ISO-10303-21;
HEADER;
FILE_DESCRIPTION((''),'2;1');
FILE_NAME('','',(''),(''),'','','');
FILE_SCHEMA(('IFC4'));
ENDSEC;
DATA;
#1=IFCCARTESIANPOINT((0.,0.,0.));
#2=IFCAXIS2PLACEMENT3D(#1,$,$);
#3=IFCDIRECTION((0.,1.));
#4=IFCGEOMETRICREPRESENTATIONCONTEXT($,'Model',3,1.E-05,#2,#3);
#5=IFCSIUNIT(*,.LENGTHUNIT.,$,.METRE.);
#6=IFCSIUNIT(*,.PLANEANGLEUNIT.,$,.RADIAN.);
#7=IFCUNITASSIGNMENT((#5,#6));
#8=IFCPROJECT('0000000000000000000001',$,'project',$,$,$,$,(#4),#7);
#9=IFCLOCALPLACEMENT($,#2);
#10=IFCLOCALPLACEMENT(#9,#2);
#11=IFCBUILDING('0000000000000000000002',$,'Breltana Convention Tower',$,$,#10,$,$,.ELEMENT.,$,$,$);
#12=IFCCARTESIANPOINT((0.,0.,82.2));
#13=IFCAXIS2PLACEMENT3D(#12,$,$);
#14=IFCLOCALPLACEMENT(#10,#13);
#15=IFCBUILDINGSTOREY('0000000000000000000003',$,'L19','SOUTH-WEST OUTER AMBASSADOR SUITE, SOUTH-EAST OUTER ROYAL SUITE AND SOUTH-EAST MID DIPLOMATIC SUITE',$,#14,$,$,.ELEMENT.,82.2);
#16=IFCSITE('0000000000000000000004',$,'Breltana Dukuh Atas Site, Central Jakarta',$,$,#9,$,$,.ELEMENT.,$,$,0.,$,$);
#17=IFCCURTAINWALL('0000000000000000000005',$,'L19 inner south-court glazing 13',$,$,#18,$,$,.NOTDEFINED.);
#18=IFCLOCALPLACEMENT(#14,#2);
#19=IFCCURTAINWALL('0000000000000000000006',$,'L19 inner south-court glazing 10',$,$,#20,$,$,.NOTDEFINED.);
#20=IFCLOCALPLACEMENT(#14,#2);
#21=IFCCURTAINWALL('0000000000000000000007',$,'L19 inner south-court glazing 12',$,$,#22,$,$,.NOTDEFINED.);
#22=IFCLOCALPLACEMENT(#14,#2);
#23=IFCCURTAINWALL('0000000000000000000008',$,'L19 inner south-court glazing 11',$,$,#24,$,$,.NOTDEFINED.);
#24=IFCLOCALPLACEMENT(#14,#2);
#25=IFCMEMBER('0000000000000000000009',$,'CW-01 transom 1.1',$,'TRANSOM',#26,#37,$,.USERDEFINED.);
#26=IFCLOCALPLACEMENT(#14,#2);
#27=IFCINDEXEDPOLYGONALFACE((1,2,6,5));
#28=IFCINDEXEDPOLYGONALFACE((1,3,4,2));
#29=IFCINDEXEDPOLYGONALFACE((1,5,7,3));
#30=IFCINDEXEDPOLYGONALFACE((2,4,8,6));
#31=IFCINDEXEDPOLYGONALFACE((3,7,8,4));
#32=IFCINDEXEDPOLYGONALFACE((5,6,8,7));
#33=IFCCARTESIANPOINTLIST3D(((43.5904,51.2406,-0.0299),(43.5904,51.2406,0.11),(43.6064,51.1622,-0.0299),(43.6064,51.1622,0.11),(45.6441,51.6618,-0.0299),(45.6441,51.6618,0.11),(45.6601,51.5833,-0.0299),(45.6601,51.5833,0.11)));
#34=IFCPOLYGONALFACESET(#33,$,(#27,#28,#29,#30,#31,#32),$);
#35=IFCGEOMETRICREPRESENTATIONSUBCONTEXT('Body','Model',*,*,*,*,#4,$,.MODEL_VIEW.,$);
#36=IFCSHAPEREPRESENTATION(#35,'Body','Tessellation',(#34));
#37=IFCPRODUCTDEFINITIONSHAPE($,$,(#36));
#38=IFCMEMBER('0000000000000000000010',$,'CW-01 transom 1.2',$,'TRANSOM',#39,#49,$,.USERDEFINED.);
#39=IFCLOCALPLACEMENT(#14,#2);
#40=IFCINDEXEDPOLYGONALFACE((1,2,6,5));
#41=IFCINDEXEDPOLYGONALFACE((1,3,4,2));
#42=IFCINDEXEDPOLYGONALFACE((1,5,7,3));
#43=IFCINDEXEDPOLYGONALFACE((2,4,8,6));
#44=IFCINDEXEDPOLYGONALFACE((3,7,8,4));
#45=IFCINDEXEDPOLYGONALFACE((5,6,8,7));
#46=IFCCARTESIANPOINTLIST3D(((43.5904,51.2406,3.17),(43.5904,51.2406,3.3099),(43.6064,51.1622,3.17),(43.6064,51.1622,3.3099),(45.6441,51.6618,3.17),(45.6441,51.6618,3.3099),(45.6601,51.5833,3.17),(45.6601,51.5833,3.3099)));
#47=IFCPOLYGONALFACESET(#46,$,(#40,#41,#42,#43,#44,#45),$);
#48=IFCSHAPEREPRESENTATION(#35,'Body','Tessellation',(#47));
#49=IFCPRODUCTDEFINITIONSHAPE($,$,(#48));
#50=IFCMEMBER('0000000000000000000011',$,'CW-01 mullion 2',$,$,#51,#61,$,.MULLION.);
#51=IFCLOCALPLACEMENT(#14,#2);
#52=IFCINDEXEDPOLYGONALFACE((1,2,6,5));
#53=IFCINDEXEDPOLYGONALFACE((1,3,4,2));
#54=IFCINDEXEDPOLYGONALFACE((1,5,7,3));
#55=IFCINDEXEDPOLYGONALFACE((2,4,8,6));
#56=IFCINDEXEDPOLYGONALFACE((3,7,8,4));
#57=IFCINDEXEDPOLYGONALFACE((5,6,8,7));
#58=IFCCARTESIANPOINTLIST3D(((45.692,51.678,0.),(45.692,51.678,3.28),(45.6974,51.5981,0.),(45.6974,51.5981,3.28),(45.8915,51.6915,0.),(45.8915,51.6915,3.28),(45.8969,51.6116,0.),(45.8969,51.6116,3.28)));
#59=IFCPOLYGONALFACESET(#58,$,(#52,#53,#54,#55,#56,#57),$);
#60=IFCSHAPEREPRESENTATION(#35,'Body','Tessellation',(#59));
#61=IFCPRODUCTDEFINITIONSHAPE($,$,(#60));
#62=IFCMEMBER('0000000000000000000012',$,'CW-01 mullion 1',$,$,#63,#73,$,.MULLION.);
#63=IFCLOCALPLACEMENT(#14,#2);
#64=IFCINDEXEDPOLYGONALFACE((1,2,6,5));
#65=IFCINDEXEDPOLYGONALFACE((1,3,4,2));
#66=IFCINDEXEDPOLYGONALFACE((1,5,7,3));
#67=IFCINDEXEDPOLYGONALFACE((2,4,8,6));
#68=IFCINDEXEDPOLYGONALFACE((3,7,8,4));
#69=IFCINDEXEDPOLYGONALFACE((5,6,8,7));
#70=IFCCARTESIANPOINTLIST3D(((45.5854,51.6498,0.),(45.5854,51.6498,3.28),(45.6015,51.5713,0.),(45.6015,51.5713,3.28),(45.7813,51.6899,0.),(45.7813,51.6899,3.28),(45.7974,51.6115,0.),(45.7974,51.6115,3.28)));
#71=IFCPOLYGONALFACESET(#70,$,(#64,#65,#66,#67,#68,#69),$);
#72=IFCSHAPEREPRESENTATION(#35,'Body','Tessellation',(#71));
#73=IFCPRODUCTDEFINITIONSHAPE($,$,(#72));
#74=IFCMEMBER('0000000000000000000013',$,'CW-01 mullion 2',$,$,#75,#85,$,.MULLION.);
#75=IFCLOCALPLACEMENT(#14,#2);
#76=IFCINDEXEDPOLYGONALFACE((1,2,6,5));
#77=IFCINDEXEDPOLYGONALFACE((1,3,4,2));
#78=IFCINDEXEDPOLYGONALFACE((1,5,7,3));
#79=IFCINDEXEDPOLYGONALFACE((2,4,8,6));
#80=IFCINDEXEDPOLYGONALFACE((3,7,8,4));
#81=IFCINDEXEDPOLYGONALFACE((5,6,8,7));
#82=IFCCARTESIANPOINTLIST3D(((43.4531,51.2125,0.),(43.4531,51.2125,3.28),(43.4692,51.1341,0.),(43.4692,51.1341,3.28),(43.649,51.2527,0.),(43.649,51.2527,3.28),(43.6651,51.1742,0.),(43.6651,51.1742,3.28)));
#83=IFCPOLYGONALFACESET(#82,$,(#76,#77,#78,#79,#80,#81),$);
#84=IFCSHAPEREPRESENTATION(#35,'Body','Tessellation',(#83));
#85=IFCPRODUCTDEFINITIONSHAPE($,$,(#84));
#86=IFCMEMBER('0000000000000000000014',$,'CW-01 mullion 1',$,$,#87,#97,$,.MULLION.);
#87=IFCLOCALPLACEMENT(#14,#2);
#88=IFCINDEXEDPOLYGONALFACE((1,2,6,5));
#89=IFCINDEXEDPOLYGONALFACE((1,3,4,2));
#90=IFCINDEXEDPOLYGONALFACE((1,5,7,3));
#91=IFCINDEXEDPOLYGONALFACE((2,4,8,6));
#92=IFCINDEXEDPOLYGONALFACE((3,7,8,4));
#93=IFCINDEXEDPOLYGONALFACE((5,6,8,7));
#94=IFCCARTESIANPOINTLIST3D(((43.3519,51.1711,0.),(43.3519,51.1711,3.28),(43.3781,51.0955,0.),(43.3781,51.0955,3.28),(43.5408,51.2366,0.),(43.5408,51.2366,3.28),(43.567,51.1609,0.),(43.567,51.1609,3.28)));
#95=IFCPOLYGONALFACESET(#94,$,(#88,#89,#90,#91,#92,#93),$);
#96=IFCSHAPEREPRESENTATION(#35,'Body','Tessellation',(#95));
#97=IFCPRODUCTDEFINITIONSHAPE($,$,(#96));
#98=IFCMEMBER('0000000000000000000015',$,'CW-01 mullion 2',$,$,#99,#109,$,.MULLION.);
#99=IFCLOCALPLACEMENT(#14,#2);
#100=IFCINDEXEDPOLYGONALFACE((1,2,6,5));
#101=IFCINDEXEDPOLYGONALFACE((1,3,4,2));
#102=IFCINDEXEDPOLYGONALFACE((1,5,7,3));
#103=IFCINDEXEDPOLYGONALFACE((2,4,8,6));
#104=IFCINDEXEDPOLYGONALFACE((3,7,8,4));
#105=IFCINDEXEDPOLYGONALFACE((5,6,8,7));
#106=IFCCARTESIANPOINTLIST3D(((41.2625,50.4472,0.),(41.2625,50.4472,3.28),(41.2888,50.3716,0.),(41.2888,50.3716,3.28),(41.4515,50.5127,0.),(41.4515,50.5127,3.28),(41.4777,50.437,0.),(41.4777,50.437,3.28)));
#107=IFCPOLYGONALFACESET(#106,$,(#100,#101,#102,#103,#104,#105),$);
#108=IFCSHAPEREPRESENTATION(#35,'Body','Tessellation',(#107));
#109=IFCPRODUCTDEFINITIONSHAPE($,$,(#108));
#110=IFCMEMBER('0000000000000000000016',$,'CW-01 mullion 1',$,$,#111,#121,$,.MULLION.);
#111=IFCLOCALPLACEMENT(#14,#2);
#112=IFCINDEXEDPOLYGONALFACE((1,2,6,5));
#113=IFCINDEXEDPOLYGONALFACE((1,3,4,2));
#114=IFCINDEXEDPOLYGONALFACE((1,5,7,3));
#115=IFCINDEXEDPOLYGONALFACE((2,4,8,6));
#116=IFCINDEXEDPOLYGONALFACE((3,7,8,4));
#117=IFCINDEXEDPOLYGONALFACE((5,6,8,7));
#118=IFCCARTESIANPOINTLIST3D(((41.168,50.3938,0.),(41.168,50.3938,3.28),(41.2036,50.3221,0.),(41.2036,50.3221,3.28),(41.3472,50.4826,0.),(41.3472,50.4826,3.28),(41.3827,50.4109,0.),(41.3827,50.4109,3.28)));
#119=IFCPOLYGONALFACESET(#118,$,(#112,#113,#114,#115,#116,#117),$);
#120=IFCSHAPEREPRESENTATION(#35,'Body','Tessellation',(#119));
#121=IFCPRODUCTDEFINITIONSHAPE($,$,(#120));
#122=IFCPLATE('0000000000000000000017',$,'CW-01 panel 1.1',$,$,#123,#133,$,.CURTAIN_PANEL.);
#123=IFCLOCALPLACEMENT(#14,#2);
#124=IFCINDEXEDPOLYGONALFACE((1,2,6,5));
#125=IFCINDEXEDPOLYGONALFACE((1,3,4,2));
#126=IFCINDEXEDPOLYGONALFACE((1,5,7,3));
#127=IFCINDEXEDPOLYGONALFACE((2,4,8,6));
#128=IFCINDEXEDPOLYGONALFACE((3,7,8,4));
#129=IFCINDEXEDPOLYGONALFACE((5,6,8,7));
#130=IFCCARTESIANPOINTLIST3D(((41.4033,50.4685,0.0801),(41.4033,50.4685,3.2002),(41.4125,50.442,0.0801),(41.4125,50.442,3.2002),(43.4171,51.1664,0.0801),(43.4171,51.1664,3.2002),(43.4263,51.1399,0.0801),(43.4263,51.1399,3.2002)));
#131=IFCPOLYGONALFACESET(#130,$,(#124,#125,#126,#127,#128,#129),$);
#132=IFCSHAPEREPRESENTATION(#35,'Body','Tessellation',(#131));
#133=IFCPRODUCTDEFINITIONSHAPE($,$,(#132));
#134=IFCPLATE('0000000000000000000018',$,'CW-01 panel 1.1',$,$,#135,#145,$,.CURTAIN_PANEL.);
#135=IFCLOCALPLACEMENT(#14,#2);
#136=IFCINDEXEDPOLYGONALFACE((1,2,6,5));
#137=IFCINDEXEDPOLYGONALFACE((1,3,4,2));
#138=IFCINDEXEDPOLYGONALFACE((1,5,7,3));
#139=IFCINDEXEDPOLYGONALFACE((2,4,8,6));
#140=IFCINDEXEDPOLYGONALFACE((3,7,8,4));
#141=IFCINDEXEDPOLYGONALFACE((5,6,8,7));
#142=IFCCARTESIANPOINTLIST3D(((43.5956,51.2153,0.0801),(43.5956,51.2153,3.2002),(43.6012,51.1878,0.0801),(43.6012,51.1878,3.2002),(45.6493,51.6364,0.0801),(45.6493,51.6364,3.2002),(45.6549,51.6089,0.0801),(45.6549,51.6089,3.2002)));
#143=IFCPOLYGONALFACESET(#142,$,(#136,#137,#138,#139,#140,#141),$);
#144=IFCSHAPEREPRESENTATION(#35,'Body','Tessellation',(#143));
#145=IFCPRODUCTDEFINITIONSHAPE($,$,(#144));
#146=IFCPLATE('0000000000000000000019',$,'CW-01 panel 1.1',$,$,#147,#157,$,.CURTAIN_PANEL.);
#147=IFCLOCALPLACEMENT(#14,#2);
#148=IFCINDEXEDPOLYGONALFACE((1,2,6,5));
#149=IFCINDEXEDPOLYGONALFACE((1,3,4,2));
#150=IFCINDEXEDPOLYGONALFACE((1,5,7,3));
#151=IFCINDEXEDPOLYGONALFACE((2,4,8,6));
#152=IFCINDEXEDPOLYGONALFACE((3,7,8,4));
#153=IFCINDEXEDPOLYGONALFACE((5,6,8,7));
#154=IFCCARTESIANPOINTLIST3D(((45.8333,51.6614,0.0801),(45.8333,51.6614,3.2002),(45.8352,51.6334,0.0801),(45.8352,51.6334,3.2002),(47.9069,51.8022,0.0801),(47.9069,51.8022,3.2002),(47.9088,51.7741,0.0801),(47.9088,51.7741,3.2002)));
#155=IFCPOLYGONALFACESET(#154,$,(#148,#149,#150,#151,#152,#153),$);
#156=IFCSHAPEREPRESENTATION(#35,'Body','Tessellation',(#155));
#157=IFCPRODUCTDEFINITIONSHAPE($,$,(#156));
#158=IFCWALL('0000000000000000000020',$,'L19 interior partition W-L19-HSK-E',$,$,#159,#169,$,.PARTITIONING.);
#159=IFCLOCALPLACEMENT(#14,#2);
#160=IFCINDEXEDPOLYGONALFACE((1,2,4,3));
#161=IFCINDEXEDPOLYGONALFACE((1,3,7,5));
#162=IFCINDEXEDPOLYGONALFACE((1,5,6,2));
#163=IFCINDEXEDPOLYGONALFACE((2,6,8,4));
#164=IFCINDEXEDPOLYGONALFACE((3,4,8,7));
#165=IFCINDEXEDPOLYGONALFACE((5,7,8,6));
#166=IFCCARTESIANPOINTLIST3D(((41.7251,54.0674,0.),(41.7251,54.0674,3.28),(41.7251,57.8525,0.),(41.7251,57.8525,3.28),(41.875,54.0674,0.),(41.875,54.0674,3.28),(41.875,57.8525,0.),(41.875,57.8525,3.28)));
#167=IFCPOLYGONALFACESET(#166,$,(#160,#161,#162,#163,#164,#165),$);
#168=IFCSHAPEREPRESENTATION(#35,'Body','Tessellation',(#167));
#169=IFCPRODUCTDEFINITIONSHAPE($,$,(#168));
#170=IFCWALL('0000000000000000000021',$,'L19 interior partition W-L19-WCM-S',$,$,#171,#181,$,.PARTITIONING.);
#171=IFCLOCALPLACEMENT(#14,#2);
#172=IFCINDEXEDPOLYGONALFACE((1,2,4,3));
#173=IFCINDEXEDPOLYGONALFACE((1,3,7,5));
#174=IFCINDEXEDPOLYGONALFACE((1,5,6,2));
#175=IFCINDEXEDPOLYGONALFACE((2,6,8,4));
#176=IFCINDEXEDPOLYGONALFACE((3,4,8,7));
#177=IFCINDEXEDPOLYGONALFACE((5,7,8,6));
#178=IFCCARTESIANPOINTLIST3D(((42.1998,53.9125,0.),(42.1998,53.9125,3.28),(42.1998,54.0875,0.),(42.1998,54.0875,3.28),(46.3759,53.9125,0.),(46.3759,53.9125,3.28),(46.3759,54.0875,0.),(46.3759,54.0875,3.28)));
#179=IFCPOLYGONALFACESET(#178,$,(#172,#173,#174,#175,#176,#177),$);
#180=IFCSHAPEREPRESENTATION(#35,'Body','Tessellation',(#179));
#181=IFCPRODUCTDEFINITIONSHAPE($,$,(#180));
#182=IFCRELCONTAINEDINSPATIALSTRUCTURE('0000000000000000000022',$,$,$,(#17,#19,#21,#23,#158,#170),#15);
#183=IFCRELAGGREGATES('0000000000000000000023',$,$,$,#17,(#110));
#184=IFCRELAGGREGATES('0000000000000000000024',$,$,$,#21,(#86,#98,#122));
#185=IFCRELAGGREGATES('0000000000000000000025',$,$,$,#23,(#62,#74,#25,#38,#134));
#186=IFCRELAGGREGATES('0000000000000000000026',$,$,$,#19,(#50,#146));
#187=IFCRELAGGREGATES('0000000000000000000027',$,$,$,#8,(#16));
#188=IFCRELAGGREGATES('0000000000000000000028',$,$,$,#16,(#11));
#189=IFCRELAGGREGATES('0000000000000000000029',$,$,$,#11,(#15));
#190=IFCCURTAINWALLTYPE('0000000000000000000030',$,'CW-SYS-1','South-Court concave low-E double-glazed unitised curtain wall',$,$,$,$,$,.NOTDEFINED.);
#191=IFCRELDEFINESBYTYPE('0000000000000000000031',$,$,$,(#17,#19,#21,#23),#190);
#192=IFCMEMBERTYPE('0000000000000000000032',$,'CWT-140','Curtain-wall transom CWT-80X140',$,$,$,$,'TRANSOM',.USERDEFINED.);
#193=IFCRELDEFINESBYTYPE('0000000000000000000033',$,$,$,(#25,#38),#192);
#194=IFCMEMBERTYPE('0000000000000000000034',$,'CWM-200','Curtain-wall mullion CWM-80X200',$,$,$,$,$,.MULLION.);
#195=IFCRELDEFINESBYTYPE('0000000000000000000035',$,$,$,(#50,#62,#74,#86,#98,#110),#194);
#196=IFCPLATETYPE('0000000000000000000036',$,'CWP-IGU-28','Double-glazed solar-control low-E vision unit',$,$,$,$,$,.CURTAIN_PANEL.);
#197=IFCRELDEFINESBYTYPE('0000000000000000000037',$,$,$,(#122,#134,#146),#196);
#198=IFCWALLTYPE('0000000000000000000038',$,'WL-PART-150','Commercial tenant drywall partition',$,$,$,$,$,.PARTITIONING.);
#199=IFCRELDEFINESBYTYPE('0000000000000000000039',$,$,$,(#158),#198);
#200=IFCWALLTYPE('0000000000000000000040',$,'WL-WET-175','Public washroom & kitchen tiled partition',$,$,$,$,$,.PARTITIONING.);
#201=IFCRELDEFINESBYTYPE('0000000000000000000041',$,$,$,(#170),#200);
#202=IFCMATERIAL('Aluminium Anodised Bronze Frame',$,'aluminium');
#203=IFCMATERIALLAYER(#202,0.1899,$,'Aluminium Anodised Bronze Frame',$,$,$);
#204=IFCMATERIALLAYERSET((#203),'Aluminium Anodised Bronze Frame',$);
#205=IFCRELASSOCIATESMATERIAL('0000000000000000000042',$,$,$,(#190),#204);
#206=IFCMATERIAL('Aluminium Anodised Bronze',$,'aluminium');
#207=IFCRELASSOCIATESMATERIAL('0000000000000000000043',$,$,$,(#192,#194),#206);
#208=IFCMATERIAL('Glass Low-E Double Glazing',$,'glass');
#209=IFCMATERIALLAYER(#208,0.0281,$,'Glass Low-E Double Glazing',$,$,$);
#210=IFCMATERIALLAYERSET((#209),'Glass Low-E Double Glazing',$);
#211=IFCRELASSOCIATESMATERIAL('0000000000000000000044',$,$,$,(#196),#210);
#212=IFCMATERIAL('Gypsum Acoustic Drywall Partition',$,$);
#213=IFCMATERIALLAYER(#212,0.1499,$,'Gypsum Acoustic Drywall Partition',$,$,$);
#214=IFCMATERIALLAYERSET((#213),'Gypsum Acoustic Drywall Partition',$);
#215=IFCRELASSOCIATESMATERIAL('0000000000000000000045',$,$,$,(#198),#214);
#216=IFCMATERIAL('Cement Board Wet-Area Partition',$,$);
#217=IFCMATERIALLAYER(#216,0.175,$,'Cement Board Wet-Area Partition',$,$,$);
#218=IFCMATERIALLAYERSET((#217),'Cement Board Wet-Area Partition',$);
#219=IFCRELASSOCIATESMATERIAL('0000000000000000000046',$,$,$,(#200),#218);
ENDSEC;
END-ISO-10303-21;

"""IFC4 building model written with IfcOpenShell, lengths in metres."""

from ifc_helpers import new_model, si_unit, direction, frame, frame_2d, origin, origin_2d, place, context, subcontext, project, spatial, rectangle, extrude, source, transform, mapped, material, layer, layer_set, material_profile, profile_set, type_object, element, aggregate, save


model = new_model("IFC4")

# Units and contexts
model_context = context("Model", 3, precision=1e-05, world=origin(), true_north=direction((0.0, 1.0)))
body_context = subcontext(model_context, "Body", "Model", "MODEL_VIEW")
ifc_project = project(units=[si_unit("LENGTHUNIT", "METRE"), si_unit("PLANEANGLEUNIT", "RADIAN")], contexts=[model_context])

# Site, building, storey
site_placement = place(None, origin())
site = spatial("IfcSite", under=ifc_project, at=site_placement, Name="Breltana Dukuh Atas Site, Central Jakarta", CompositionType="ELEMENT", RefElevation=0.0)
building_placement = place(site_placement, origin())
building = spatial("IfcBuilding", under=site, at=building_placement, Name="Breltana Convention Tower", CompositionType="ELEMENT")
storey_placement = place(building_placement, frame((0.0, 0.0, 82.2)))
storey = spatial("IfcBuildingStorey", under=building, at=storey_placement, Name="L19", Description="SOUTH-WEST OUTER AMBASSADOR SUITE, SOUTH-EAST OUTER ROYAL SUITE AND SOUTH-EAST MID DIPLOMATIC SUITE", CompositionType="ELEMENT", Elevation=82.2)

# Curtain walls, members
ifc_material_1 = material(Name="Aluminium Anodised Bronze Frame", Category="aluminium")
ifc_layer_1 = layer(ifc_material_1, 0.1899, Name="Aluminium Anodised Bronze Frame")
ifc_layer_set_1 = layer_set([ifc_layer_1], Name="Aluminium Anodised Bronze Frame")
curtain_wall_type = type_object("IfcCurtainWallType", Name="CW-SYS-1", Description="South-Court concave low-E double-glazed unitised curtain wall", PredefinedType="NOTDEFINED", material=ifc_layer_set_1)
curtain_wall_1_placement = place(storey_placement, origin())
curtain_wall_1 = element("IfcCurtainWall", 1, at=curtain_wall_1_placement, inside=storey, type_object=curtain_wall_type, Name="L19 inner south-court glazing 13", PredefinedType="NOTDEFINED")
ifc_material_2 = material(Name="Aluminium Anodised Bronze", Category="aluminium")
ifc_material_profile_1 = material_profile(ifc_material_2, rectangle(XDim=0.0801, YDim=0.1399, at=origin_2d()), Name="CWT-80X140")
ifc_profile_set_1 = profile_set([ifc_material_profile_1], Name="Aluminium Anodised Bronze")
member_type_1 = type_object("IfcMemberType", Name="CWT-140", Description="Curtain-wall transom CWT-80X140", ElementType="TRANSOM", PredefinedType="USERDEFINED", material=ifc_profile_set_1)
curtain_wall_2_placement = place(storey_placement, origin())
curtain_wall_2 = element("IfcCurtainWall", 2, at=curtain_wall_2_placement, inside=storey, type_object=curtain_wall_type, Name="L19 inner south-court glazing 10", PredefinedType="NOTDEFINED")
curtain_wall_3_placement = place(storey_placement, origin())
curtain_wall_3 = element("IfcCurtainWall", 3, at=curtain_wall_3_placement, inside=storey, type_object=curtain_wall_type, Name="L19 inner south-court glazing 12", PredefinedType="NOTDEFINED")
curtain_wall_4_placement = place(storey_placement, origin())
curtain_wall_4 = element("IfcCurtainWall", 4, at=curtain_wall_4_placement, inside=storey, type_object=curtain_wall_type, Name="L19 inner south-court glazing 11", PredefinedType="NOTDEFINED")
shared_shape_1 = source(origin(), body_context, "Body", "SweptSolid", [
    extrude(rectangle(XDim=0.0801, YDim=0.1399, at=origin_2d()), origin(), (0.0, 0.0, 1.0), 2.0964),
])
member_1_placement = place(storey_placement, frame((45.6521, 51.6226, 0.04), z_axis=(-0.979615, -0.200884, 0.0), x_axis=(0.200884, -0.979615, 0.0)))
member_1 = element("IfcMember", 5, at=member_1_placement, type_object=member_type_1, Name="CW-01 transom 1.1", ObjectType="TRANSOM", PredefinedType="USERDEFINED", context=body_context, shape_type="MappedRepresentation", body=[
    mapped(shared_shape_1, transform((0.0, 0.0, 0.0), scale=1.0)),
])
member_2_placement = place(storey_placement, frame((45.6521, 51.6226, 3.24), z_axis=(-0.979615, -0.200884, 0.0), x_axis=(0.200884, -0.979615, 0.0)))
member_2 = element("IfcMember", 6, at=member_2_placement, type_object=member_type_1, Name="CW-01 transom 1.2", ObjectType="TRANSOM", PredefinedType="USERDEFINED", context=body_context, shape_type="MappedRepresentation", body=[
    mapped(shared_shape_1, transform((0.0, 0.0, 0.0), scale=1.0)),
])

# Members
ifc_material_profile_2 = material_profile(ifc_material_2, rectangle(XDim=0.0801, YDim=0.2, at=origin_2d()), Name="CWM-80X200")
ifc_profile_set_2 = profile_set([ifc_material_profile_2], Name="Aluminium Anodised Bronze")
member_type_2 = type_object("IfcMemberType", Name="CWM-200", Description="Curtain-wall mullion CWM-80X200", PredefinedType="MULLION", material=ifc_profile_set_2)
shared_shape_2 = source(origin(), body_context, "Body", "SweptSolid", [
    extrude(rectangle(XDim=0.0801, YDim=0.2, at=origin_2d()), origin(), (0.0, 0.0, 1.0), 3.28),
])
member_3_placement = place(storey_placement, frame((45.7944, 51.6448, 0.0), z_axis=(0.0, 0.0, 1.0), x_axis=(0.067726, -0.997704, 0.0)))
member_3 = element("IfcMember", 7, at=member_3_placement, type_object=member_type_2, Name="CW-01 mullion 2", PredefinedType="MULLION", context=body_context, shape_type="MappedRepresentation", body=[
    mapped(shared_shape_2, transform((0.0, 0.0, 0.0), scale=1.0)),
])
member_4_placement = place(storey_placement, frame((45.6914, 51.6306, 0.0), z_axis=(0.0, 0.0, 1.0), x_axis=(0.200886, -0.979615, 0.0)))
member_4 = element("IfcMember", 8, at=member_4_placement, type_object=member_type_2, Name="CW-01 mullion 1", PredefinedType="MULLION", context=body_context, shape_type="MappedRepresentation", body=[
    mapped(shared_shape_2, transform((0.0, 0.0, 0.0), scale=1.0)),
])
member_5_placement = place(storey_placement, frame((43.5591, 51.1934, 0.0), z_axis=(0.0, 0.0, 1.0), x_axis=(0.200886, -0.979615, 0.0)))
member_5 = element("IfcMember", 9, at=member_5_placement, type_object=member_type_2, Name="CW-01 mullion 2", PredefinedType="MULLION", context=body_context, shape_type="MappedRepresentation", body=[
    mapped(shared_shape_2, transform((0.0, 0.0, 0.0), scale=1.0)),
])
member_6_placement = place(storey_placement, frame((43.4595, 51.166, 0.0), z_axis=(0.0, 0.0, 1.0), x_axis=(0.327413, -0.944881, 0.0)))
member_6 = element("IfcMember", 10, at=member_6_placement, type_object=member_type_2, Name="CW-01 mullion 1", PredefinedType="MULLION", context=body_context, shape_type="MappedRepresentation", body=[
    mapped(shared_shape_2, transform((0.0, 0.0, 0.0), scale=1.0)),
])
member_7_placement = place(storey_placement, frame((41.3701, 50.4421, 0.0), z_axis=(0.0, 0.0, 1.0), x_axis=(0.327413, -0.944881, 0.0)))
member_7 = element("IfcMember", 11, at=member_7_placement, type_object=member_type_2, Name="CW-01 mullion 2", PredefinedType="MULLION", context=body_context, shape_type="MappedRepresentation", body=[
    mapped(shared_shape_2, transform((0.0, 0.0, 0.0), scale=1.0)),
])
member_8_placement = place(storey_placement, frame((41.2754, 50.4023, 0.0), z_axis=(0.0, 0.0, 1.0), x_axis=(0.444118, -0.895968, 0.0)))
member_8 = element("IfcMember", 12, at=member_8_placement, type_object=member_type_2, Name="CW-01 mullion 1", PredefinedType="MULLION", context=body_context, shape_type="MappedRepresentation", body=[
    mapped(shared_shape_2, transform((0.0, 0.0, 0.0), scale=1.0)),
])
aggregate(curtain_wall_1, [member_8])

# Plates
ifc_material_3 = material(Name="Glass Low-E Double Glazing", Category="glass")
ifc_layer_2 = layer(ifc_material_3, 0.0281, Name="Glass Low-E Double Glazing")
ifc_layer_set_2 = layer_set([ifc_layer_2], Name="Glass Low-E Double Glazing")
plate_type = type_object("IfcPlateType", Name="CWP-IGU-28", Description="Double-glazed solar-control low-E vision unit", PredefinedType="CURTAIN_PANEL", material=ifc_layer_set_2)
shared_shape_3 = source(origin(), body_context, "Body", "SweptSolid", [
    extrude(rectangle(XDim=2.1313, YDim=0.0281, at=origin_2d()), origin(), (0.0, 0.0, 1.0), 3.1201),
])
plate_1_placement = place(storey_placement, frame((42.4148, 50.8042, 0.0801), z_axis=(0.0, 0.0, 1.0), x_axis=(-0.944881, -0.327413, 0.0)))
plate_1 = element("IfcPlate", 13, at=plate_1_placement, type_object=plate_type, Name="CW-01 panel 1.1", PredefinedType="CURTAIN_PANEL", context=body_context, shape_type="MappedRepresentation", body=[
    mapped(shared_shape_3, transform((0.0, 0.0, 0.0), scale=1.0)),
])
aggregate(curtain_wall_3, [member_6, member_7, plate_1])
shared_shape_4 = source(origin(), body_context, "Body", "SweptSolid", [
    extrude(rectangle(XDim=2.0964, YDim=0.0281, at=origin_2d()), origin(), (0.0, 0.0, 1.0), 3.1201),
])
plate_2_placement = place(storey_placement, frame((44.6252, 51.4121, 0.0801), z_axis=(0.0, 0.0, 1.0), x_axis=(-0.979615, -0.200886, 0.0)))
plate_2 = element("IfcPlate", 14, at=plate_2_placement, type_object=plate_type, Name="CW-01 panel 1.1", PredefinedType="CURTAIN_PANEL", context=body_context, shape_type="MappedRepresentation", body=[
    mapped(shared_shape_4, transform((0.0, 0.0, 0.0), scale=1.0)),
])
aggregate(curtain_wall_4, [member_4, member_5, member_1, member_2, plate_2])
shared_shape_5 = source(origin(), body_context, "Body", "SweptSolid", [
    extrude(rectangle(XDim=2.0784, YDim=0.0281, at=origin_2d()), origin(), (0.0, 0.0, 1.0), 3.1201),
])
plate_3_placement = place(storey_placement, frame((46.8711, 51.7178, 0.0801), z_axis=(0.0, 0.0, 1.0), x_axis=(-0.997704, -0.067726, 0.0)))
plate_3 = element("IfcPlate", 15, at=plate_3_placement, type_object=plate_type, Name="CW-01 panel 1.1", PredefinedType="CURTAIN_PANEL", context=body_context, shape_type="MappedRepresentation", body=[
    mapped(shared_shape_5, transform((0.0, 0.0, 0.0), scale=1.0)),
])
aggregate(curtain_wall_2, [member_3, plate_3])

# Walls
ifc_material_4 = material(Name="Gypsum Acoustic Drywall Partition")
ifc_layer_3 = layer(ifc_material_4, 0.1499, Name="Gypsum Acoustic Drywall Partition")
ifc_layer_set_3 = layer_set([ifc_layer_3], Name="Gypsum Acoustic Drywall Partition")
wall_type_1 = type_object("IfcWallType", Name="WL-PART-150", Description="Commercial tenant drywall partition", PredefinedType="PARTITIONING", material=ifc_layer_set_3)
shared_shape_6 = source(origin(), body_context, "Body", "SweptSolid", [
    extrude(rectangle(XDim=3.7852, YDim=0.1499, at=frame_2d((1.8926, 0.0))), origin(), (0.0, 0.0, 1.0), 3.28),
])
wall_1_placement = place(storey_placement, frame((41.8, 54.0674, 0.0), z_axis=(0.0, 0.0, 1.0), x_axis=(0.0, 1.0, 0.0)))
element("IfcWall", 16, at=wall_1_placement, inside=storey, type_object=wall_type_1, Name="L19 interior partition W-L19-HSK-E", PredefinedType="PARTITIONING", context=body_context, shape_type="MappedRepresentation", body=[
    mapped(shared_shape_6, transform((0.0, 0.0, 0.0), scale=1.0)),
])
ifc_material_5 = material(Name="Cement Board Wet-Area Partition")
ifc_layer_4 = layer(ifc_material_5, 0.175, Name="Cement Board Wet-Area Partition")
ifc_layer_set_4 = layer_set([ifc_layer_4], Name="Cement Board Wet-Area Partition")
wall_type_2 = type_object("IfcWallType", Name="WL-WET-175", Description="Public washroom & kitchen tiled partition", PredefinedType="PARTITIONING", material=ifc_layer_set_4)
shared_shape_7 = source(origin(), body_context, "Body", "SweptSolid", [
    extrude(rectangle(XDim=4.176, YDim=0.175, at=frame_2d((2.0879, 0.0))), origin(), (0.0, 0.0, 1.0), 3.28),
])
for number, where, z_axis, x_axis, name in (
    (17, (42.2, 54.0, 0.0), (0.0, 0.0, 1.0), (1.0, 0.0, 0.0), "L19 interior partition W-L19-WCM-S"),
):
    element("IfcWall", number, at=place(storey_placement, frame(where, z_axis=z_axis, x_axis=x_axis)), inside=storey, type_object=wall_type_2, Name=name, PredefinedType="PARTITIONING", context=body_context, shape_type="MappedRepresentation", body=[
        mapped(shared_shape_7, transform((0.0, 0.0, 0.0), scale=1.0)),
    ])

save(model, "model.ifc")
